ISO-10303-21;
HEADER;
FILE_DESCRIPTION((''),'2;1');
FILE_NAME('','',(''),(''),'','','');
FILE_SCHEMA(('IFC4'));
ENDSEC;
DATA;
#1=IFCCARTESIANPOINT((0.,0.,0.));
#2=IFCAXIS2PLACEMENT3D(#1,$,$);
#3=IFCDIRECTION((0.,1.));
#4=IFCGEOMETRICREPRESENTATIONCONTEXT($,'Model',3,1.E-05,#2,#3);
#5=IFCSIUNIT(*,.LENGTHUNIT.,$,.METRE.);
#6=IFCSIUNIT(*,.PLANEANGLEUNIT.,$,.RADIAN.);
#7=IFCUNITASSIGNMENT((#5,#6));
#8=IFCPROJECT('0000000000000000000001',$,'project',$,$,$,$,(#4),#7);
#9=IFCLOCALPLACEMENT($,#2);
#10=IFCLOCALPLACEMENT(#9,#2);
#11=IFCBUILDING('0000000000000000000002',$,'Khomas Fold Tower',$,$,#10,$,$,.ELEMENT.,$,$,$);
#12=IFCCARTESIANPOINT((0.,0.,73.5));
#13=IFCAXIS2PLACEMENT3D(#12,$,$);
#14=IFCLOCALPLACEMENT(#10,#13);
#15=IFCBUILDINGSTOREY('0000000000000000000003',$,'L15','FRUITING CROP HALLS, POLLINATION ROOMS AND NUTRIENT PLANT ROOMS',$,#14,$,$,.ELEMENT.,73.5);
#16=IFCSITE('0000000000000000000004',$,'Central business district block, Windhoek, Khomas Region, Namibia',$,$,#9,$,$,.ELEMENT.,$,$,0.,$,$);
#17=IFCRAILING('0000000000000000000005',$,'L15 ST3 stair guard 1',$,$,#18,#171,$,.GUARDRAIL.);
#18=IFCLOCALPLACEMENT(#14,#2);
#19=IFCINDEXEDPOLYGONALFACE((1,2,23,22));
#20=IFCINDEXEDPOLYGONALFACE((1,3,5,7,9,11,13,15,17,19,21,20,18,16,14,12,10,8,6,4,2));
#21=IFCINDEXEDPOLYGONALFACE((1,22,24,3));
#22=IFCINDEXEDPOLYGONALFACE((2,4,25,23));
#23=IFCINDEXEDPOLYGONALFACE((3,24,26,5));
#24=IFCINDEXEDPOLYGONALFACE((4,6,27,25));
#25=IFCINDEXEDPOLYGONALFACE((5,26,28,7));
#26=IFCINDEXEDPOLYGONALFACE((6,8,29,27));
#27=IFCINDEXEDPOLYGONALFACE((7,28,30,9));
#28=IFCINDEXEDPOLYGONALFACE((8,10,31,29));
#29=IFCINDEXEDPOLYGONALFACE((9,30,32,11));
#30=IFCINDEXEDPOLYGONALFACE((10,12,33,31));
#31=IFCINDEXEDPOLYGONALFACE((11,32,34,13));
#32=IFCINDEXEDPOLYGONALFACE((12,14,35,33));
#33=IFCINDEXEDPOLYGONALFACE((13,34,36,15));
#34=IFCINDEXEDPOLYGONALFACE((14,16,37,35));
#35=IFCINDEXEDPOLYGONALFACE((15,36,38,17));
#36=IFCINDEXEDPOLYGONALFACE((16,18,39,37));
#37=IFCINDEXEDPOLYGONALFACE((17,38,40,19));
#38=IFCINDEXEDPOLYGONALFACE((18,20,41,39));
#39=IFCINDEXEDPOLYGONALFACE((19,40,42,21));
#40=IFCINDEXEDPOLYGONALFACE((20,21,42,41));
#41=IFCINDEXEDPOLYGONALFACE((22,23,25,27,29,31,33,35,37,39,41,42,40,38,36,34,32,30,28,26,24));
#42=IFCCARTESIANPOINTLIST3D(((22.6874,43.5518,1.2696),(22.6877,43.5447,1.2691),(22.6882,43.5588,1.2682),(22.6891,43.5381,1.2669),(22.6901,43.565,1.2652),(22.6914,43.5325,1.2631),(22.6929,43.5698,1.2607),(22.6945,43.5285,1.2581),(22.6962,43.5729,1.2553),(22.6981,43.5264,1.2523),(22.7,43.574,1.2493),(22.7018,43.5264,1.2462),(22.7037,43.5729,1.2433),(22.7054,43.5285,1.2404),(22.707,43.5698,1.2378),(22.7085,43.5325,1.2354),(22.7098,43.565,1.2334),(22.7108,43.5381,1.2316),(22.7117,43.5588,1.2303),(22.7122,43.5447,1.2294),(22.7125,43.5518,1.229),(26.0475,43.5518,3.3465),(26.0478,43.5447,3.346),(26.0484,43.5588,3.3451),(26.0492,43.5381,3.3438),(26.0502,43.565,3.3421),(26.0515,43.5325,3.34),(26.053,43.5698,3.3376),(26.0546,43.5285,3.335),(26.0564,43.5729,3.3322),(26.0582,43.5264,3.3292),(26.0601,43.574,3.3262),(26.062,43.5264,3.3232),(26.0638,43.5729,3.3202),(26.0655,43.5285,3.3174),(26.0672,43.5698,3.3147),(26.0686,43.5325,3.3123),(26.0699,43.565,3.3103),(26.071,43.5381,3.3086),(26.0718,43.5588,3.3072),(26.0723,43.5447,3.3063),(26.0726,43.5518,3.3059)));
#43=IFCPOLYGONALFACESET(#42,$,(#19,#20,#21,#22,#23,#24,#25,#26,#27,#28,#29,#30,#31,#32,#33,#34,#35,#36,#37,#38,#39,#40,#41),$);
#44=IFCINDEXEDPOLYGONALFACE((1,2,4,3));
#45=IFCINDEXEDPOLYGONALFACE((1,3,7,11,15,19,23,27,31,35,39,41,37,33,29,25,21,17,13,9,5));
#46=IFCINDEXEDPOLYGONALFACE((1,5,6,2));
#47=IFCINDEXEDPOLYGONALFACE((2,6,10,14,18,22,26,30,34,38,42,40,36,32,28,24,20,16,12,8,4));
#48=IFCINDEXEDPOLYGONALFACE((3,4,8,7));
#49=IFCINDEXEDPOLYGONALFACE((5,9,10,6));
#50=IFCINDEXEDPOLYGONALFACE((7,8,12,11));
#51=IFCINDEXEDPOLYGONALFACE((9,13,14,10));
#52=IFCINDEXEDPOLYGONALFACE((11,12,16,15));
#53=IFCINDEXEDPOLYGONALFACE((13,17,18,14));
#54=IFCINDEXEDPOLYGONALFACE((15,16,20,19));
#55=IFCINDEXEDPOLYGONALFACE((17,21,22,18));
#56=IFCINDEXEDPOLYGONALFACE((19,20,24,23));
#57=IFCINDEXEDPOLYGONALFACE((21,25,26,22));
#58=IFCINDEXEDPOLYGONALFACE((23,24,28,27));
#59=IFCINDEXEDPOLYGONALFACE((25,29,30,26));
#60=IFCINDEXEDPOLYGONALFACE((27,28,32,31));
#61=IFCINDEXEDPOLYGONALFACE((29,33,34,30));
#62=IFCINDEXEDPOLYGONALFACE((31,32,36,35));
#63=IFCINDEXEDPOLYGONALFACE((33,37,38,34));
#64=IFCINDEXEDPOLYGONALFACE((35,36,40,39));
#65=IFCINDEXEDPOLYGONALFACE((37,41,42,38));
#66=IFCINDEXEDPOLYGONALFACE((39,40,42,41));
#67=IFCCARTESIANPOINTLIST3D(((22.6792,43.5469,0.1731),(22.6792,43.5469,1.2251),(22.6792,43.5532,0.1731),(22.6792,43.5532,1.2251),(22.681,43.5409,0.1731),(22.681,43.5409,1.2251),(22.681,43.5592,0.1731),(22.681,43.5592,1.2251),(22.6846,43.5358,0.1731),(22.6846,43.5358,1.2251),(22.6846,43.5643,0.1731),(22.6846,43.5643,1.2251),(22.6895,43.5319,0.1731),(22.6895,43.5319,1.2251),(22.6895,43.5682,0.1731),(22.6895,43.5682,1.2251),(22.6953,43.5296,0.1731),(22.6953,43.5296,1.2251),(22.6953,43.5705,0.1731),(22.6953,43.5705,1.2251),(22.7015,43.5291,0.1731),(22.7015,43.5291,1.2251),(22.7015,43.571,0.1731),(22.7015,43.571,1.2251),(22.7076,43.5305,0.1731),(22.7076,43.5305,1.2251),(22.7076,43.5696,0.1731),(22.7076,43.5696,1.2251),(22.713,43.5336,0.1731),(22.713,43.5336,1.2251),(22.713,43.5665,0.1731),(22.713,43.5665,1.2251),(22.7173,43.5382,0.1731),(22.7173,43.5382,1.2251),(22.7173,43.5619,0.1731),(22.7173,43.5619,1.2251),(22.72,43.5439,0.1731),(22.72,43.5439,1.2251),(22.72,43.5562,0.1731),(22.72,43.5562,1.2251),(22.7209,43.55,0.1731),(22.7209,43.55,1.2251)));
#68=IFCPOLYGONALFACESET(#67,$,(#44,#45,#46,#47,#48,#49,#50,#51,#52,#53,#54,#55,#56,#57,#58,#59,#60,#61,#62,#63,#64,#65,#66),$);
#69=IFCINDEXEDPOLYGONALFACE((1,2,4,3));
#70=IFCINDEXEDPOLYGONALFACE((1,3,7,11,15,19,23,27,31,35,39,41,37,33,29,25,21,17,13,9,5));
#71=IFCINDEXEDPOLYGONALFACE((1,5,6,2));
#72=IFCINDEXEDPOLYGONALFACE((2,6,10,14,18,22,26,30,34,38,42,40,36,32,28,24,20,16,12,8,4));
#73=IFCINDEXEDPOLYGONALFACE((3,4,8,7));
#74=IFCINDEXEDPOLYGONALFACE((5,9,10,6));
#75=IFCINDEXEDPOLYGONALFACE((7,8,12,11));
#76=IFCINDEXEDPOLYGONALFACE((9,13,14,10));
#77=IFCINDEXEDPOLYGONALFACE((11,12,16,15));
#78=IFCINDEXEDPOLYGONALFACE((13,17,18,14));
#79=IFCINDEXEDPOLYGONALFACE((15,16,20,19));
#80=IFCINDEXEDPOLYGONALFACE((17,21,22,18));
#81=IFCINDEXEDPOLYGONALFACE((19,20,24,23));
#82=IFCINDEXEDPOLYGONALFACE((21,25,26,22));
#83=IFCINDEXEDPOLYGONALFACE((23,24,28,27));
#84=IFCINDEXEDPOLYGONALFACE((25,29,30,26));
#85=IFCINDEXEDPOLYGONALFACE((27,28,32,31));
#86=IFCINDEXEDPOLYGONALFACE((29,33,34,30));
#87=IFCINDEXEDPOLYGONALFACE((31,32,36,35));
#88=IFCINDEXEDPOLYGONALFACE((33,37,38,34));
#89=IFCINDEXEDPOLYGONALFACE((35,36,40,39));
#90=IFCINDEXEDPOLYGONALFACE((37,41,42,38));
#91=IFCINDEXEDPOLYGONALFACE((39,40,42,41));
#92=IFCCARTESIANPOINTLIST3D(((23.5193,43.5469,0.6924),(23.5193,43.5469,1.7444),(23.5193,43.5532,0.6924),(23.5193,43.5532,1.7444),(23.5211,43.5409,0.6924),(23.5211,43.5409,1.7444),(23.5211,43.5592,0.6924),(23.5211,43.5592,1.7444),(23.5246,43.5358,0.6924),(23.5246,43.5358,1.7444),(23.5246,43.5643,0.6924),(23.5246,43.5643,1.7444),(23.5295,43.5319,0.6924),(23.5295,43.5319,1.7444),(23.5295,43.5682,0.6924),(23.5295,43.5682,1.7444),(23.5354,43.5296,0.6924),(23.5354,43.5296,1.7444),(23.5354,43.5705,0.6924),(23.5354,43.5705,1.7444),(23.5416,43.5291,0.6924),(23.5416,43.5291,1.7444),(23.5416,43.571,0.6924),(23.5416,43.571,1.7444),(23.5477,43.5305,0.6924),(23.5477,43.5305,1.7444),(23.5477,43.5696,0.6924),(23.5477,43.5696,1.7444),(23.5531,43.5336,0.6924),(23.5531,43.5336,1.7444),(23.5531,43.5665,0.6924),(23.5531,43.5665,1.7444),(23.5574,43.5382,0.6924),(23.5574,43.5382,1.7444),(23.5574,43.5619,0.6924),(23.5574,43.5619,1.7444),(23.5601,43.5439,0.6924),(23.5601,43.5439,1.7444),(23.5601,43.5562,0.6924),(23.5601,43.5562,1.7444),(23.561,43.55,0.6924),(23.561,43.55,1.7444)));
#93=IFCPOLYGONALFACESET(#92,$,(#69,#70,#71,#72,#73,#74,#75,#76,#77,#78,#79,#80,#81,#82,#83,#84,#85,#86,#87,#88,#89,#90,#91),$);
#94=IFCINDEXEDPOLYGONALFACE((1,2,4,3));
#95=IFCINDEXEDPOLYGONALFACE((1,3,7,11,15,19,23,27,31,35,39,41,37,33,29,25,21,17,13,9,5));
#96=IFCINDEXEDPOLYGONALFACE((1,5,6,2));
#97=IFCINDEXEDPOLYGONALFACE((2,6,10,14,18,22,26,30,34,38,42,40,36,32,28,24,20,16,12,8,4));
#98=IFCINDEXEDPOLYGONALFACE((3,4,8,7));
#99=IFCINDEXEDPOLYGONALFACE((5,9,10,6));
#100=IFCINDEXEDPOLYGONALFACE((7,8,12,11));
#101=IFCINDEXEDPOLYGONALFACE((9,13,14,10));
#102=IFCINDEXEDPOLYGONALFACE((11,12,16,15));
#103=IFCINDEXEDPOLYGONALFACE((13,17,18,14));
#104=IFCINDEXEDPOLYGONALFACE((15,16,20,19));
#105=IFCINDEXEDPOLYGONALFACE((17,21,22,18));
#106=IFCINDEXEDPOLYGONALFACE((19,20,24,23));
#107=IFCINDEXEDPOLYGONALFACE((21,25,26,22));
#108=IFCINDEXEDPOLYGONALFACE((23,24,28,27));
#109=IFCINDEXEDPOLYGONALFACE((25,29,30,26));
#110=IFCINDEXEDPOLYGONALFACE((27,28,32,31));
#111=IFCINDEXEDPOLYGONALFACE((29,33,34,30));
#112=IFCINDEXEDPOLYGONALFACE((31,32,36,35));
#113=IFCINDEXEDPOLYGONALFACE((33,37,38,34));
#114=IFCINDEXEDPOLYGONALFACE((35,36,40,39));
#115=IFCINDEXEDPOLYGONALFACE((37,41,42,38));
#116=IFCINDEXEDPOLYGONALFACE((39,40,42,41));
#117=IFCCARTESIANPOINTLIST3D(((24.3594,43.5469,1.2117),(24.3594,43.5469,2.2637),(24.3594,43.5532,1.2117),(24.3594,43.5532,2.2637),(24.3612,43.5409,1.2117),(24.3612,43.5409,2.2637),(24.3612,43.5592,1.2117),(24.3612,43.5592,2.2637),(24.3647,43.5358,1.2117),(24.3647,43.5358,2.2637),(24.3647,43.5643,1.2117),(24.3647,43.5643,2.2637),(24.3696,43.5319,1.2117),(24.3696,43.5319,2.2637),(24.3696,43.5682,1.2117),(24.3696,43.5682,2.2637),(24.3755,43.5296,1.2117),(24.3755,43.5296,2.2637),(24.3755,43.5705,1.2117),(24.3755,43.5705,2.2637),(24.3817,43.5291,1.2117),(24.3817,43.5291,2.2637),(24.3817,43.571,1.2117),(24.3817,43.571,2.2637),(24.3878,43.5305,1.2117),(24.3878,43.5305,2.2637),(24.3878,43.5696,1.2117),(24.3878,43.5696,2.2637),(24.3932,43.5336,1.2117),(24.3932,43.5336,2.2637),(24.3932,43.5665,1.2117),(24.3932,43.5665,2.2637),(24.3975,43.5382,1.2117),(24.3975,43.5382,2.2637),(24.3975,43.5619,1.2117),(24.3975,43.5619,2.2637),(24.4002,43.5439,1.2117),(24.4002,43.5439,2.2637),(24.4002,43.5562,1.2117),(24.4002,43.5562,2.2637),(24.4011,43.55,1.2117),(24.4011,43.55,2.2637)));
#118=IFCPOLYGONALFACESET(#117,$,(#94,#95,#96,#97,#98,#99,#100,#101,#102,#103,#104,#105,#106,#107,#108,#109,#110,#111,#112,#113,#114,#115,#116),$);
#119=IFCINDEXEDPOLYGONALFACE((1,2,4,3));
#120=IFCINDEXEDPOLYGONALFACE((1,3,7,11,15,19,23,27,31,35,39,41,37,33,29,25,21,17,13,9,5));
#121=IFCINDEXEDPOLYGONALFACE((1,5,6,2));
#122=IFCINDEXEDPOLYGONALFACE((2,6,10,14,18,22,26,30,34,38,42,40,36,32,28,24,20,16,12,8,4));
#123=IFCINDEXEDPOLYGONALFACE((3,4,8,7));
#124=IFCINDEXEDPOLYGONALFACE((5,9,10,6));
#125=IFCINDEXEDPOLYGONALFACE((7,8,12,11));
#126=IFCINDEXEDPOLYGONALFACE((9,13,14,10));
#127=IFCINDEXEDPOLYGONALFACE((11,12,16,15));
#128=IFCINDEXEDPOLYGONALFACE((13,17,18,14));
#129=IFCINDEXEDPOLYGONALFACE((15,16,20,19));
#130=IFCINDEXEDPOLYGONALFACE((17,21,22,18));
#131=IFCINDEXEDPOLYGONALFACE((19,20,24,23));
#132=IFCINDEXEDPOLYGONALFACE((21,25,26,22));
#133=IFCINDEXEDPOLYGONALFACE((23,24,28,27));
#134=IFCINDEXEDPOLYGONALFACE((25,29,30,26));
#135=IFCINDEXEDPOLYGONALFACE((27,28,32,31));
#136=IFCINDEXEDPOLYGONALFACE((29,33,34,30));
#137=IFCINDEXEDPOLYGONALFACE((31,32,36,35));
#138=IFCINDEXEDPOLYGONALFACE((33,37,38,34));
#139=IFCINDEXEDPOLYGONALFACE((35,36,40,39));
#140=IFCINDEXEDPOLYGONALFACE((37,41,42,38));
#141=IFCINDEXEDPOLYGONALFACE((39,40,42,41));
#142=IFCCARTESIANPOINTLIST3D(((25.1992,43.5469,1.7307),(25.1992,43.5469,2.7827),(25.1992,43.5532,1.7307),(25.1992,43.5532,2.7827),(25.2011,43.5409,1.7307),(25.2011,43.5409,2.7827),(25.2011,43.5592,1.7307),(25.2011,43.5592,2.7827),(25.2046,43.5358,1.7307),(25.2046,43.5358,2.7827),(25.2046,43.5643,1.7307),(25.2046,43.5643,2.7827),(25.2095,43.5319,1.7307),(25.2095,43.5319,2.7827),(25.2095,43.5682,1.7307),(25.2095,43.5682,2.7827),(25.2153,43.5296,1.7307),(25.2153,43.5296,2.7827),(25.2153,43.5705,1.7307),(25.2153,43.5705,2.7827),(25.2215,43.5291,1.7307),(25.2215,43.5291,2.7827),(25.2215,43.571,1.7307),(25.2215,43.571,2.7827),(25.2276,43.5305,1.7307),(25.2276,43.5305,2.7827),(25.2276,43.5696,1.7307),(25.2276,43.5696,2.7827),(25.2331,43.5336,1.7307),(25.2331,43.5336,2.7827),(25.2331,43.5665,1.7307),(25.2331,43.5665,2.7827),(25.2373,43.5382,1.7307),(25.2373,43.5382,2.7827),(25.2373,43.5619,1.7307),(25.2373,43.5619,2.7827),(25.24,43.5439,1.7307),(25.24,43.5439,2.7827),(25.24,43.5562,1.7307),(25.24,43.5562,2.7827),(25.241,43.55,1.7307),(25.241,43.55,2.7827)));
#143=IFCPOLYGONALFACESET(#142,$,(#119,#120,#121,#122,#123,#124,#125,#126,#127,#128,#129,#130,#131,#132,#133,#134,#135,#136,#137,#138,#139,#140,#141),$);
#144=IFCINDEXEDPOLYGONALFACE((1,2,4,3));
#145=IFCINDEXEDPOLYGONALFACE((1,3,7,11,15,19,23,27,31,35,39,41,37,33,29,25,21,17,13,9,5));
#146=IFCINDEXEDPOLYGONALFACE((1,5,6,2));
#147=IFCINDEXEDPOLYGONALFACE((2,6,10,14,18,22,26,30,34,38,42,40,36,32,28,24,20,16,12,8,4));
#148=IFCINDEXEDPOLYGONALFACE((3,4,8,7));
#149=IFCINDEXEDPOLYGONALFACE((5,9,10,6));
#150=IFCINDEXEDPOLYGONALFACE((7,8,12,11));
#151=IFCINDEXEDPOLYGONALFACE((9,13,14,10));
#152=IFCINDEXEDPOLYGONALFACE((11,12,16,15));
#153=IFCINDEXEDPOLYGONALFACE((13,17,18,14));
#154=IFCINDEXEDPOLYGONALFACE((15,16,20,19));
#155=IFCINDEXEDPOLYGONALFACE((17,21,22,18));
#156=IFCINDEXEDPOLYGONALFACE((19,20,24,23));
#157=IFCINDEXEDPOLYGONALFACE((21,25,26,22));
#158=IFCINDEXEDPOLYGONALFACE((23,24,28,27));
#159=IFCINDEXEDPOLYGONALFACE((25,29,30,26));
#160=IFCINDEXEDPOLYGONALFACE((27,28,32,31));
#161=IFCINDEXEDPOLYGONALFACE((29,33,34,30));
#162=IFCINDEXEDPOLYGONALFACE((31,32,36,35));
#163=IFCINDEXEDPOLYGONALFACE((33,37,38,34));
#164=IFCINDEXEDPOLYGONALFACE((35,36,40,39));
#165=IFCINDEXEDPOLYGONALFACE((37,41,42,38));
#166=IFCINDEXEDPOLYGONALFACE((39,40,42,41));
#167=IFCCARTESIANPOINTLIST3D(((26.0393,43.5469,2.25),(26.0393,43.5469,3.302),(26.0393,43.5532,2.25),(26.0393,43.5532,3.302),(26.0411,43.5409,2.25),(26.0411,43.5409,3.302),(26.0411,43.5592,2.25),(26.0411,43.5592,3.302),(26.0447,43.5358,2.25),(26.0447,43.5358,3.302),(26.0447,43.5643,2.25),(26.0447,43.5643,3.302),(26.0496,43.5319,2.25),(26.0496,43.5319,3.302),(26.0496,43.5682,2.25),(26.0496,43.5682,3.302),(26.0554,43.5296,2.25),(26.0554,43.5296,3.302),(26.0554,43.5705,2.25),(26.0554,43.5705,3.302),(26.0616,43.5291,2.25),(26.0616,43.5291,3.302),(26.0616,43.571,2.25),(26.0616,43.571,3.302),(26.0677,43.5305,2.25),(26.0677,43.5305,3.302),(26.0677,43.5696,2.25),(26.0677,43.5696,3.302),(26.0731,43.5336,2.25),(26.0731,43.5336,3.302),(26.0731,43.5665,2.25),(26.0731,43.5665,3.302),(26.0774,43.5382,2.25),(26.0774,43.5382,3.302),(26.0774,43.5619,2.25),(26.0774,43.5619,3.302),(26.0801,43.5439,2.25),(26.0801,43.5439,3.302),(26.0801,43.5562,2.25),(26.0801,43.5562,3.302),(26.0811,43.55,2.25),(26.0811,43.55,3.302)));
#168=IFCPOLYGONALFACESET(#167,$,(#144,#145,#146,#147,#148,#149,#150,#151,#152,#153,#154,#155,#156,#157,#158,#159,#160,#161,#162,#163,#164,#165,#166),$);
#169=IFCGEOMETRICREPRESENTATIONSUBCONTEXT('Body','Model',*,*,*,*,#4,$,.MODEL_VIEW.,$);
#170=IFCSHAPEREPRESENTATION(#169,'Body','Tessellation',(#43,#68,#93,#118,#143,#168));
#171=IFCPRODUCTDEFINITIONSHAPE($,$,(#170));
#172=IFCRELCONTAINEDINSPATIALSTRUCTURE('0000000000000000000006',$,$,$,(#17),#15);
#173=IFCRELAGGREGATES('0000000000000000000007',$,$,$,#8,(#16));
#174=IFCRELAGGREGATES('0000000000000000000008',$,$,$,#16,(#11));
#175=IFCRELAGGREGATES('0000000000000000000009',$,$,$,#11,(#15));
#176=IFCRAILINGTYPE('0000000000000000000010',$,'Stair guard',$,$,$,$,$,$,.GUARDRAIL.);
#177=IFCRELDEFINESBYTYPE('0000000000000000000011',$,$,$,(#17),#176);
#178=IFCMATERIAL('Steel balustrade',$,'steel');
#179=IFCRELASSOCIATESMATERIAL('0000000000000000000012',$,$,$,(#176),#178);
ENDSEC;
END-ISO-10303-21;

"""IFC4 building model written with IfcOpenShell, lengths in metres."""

from ifc_helpers import new_model, si_unit, direction, frame, origin, origin_2d, place, context, subcontext, project, spatial, circle, extrude, source, transform, mapped, material, type_object, element, save


model = new_model("IFC4")

# Units and contexts
model_context = context("Model", 3, precision=1e-05, world=origin(), true_north=direction((0.0, 1.0)))
body_context = subcontext(model_context, "Body", "Model", "MODEL_VIEW")
ifc_project = project(units=[si_unit("LENGTHUNIT", "METRE"), si_unit("PLANEANGLEUNIT", "RADIAN")], contexts=[model_context])

# Site, building, storey
site_placement = place(None, origin())
site = spatial("IfcSite", under=ifc_project, at=site_placement, Name="Central business district block, Windhoek, Khomas Region, Namibia", CompositionType="ELEMENT", RefElevation=0.0)
building_placement = place(site_placement, origin())
building = spatial("IfcBuilding", under=site, at=building_placement, Name="Khomas Fold Tower", CompositionType="ELEMENT")
storey_placement = place(building_placement, frame((0.0, 0.0, 73.5)))
storey = spatial("IfcBuildingStorey", under=building, at=storey_placement, Name="L15", Description="FRUITING CROP HALLS, POLLINATION ROOMS AND NUTRIENT PLANT ROOMS", CompositionType="ELEMENT", Elevation=73.5)

# Railing
ifc_material_1 = material(Name="Steel balustrade", Category="steel")
railing_type_1 = type_object("IfcRailingType", Name="Stair guard", PredefinedType="GUARDRAIL", material=ifc_material_1)
shared_shape_1 = source(origin(), body_context, "Body", "SweptSolid", [
    extrude(circle(Radius=0.0239, at=origin_2d()), frame((0.0, 0.0, 1.0762), z_axis=(0.850623, 0.0, 0.525776), x_axis=(0.0, 1.0, 0.0)), (0.0, 0.0, 1.0), 3.9502),
    extrude(circle(Radius=0.021, at=origin_2d()), origin(), (0.0, 0.0, 1.0), 1.052),
    extrude(circle(Radius=0.021, at=origin_2d()), frame((0.8401, 0.0, 0.5193)), (0.0, 0.0, 1.0), 1.052),
    extrude(circle(Radius=0.021, at=origin_2d()), frame((1.6802, 0.0, 1.0386)), (0.0, 0.0, 1.0), 1.052),
    extrude(circle(Radius=0.021, at=origin_2d()), frame((2.52, 0.0, 1.5576)), (0.0, 0.0, 1.0), 1.052),
    extrude(circle(Radius=0.021, at=origin_2d()), frame((3.3601, 0.0, 2.0769)), (0.0, 0.0, 1.0), 1.052),
])
railing_1_placement = place(storey_placement, frame((22.7, 43.55, 0.1731)))
element("IfcRailing", 1, at=railing_1_placement, inside=storey, type_object=railing_type_1, Name="L15 ST3 stair guard 1", PredefinedType="GUARDRAIL", context=body_context, shape_type="MappedRepresentation", body=[
    mapped(shared_shape_1, transform((0.0, 0.0, 0.0))),
])

save(model, "model.ifc")
